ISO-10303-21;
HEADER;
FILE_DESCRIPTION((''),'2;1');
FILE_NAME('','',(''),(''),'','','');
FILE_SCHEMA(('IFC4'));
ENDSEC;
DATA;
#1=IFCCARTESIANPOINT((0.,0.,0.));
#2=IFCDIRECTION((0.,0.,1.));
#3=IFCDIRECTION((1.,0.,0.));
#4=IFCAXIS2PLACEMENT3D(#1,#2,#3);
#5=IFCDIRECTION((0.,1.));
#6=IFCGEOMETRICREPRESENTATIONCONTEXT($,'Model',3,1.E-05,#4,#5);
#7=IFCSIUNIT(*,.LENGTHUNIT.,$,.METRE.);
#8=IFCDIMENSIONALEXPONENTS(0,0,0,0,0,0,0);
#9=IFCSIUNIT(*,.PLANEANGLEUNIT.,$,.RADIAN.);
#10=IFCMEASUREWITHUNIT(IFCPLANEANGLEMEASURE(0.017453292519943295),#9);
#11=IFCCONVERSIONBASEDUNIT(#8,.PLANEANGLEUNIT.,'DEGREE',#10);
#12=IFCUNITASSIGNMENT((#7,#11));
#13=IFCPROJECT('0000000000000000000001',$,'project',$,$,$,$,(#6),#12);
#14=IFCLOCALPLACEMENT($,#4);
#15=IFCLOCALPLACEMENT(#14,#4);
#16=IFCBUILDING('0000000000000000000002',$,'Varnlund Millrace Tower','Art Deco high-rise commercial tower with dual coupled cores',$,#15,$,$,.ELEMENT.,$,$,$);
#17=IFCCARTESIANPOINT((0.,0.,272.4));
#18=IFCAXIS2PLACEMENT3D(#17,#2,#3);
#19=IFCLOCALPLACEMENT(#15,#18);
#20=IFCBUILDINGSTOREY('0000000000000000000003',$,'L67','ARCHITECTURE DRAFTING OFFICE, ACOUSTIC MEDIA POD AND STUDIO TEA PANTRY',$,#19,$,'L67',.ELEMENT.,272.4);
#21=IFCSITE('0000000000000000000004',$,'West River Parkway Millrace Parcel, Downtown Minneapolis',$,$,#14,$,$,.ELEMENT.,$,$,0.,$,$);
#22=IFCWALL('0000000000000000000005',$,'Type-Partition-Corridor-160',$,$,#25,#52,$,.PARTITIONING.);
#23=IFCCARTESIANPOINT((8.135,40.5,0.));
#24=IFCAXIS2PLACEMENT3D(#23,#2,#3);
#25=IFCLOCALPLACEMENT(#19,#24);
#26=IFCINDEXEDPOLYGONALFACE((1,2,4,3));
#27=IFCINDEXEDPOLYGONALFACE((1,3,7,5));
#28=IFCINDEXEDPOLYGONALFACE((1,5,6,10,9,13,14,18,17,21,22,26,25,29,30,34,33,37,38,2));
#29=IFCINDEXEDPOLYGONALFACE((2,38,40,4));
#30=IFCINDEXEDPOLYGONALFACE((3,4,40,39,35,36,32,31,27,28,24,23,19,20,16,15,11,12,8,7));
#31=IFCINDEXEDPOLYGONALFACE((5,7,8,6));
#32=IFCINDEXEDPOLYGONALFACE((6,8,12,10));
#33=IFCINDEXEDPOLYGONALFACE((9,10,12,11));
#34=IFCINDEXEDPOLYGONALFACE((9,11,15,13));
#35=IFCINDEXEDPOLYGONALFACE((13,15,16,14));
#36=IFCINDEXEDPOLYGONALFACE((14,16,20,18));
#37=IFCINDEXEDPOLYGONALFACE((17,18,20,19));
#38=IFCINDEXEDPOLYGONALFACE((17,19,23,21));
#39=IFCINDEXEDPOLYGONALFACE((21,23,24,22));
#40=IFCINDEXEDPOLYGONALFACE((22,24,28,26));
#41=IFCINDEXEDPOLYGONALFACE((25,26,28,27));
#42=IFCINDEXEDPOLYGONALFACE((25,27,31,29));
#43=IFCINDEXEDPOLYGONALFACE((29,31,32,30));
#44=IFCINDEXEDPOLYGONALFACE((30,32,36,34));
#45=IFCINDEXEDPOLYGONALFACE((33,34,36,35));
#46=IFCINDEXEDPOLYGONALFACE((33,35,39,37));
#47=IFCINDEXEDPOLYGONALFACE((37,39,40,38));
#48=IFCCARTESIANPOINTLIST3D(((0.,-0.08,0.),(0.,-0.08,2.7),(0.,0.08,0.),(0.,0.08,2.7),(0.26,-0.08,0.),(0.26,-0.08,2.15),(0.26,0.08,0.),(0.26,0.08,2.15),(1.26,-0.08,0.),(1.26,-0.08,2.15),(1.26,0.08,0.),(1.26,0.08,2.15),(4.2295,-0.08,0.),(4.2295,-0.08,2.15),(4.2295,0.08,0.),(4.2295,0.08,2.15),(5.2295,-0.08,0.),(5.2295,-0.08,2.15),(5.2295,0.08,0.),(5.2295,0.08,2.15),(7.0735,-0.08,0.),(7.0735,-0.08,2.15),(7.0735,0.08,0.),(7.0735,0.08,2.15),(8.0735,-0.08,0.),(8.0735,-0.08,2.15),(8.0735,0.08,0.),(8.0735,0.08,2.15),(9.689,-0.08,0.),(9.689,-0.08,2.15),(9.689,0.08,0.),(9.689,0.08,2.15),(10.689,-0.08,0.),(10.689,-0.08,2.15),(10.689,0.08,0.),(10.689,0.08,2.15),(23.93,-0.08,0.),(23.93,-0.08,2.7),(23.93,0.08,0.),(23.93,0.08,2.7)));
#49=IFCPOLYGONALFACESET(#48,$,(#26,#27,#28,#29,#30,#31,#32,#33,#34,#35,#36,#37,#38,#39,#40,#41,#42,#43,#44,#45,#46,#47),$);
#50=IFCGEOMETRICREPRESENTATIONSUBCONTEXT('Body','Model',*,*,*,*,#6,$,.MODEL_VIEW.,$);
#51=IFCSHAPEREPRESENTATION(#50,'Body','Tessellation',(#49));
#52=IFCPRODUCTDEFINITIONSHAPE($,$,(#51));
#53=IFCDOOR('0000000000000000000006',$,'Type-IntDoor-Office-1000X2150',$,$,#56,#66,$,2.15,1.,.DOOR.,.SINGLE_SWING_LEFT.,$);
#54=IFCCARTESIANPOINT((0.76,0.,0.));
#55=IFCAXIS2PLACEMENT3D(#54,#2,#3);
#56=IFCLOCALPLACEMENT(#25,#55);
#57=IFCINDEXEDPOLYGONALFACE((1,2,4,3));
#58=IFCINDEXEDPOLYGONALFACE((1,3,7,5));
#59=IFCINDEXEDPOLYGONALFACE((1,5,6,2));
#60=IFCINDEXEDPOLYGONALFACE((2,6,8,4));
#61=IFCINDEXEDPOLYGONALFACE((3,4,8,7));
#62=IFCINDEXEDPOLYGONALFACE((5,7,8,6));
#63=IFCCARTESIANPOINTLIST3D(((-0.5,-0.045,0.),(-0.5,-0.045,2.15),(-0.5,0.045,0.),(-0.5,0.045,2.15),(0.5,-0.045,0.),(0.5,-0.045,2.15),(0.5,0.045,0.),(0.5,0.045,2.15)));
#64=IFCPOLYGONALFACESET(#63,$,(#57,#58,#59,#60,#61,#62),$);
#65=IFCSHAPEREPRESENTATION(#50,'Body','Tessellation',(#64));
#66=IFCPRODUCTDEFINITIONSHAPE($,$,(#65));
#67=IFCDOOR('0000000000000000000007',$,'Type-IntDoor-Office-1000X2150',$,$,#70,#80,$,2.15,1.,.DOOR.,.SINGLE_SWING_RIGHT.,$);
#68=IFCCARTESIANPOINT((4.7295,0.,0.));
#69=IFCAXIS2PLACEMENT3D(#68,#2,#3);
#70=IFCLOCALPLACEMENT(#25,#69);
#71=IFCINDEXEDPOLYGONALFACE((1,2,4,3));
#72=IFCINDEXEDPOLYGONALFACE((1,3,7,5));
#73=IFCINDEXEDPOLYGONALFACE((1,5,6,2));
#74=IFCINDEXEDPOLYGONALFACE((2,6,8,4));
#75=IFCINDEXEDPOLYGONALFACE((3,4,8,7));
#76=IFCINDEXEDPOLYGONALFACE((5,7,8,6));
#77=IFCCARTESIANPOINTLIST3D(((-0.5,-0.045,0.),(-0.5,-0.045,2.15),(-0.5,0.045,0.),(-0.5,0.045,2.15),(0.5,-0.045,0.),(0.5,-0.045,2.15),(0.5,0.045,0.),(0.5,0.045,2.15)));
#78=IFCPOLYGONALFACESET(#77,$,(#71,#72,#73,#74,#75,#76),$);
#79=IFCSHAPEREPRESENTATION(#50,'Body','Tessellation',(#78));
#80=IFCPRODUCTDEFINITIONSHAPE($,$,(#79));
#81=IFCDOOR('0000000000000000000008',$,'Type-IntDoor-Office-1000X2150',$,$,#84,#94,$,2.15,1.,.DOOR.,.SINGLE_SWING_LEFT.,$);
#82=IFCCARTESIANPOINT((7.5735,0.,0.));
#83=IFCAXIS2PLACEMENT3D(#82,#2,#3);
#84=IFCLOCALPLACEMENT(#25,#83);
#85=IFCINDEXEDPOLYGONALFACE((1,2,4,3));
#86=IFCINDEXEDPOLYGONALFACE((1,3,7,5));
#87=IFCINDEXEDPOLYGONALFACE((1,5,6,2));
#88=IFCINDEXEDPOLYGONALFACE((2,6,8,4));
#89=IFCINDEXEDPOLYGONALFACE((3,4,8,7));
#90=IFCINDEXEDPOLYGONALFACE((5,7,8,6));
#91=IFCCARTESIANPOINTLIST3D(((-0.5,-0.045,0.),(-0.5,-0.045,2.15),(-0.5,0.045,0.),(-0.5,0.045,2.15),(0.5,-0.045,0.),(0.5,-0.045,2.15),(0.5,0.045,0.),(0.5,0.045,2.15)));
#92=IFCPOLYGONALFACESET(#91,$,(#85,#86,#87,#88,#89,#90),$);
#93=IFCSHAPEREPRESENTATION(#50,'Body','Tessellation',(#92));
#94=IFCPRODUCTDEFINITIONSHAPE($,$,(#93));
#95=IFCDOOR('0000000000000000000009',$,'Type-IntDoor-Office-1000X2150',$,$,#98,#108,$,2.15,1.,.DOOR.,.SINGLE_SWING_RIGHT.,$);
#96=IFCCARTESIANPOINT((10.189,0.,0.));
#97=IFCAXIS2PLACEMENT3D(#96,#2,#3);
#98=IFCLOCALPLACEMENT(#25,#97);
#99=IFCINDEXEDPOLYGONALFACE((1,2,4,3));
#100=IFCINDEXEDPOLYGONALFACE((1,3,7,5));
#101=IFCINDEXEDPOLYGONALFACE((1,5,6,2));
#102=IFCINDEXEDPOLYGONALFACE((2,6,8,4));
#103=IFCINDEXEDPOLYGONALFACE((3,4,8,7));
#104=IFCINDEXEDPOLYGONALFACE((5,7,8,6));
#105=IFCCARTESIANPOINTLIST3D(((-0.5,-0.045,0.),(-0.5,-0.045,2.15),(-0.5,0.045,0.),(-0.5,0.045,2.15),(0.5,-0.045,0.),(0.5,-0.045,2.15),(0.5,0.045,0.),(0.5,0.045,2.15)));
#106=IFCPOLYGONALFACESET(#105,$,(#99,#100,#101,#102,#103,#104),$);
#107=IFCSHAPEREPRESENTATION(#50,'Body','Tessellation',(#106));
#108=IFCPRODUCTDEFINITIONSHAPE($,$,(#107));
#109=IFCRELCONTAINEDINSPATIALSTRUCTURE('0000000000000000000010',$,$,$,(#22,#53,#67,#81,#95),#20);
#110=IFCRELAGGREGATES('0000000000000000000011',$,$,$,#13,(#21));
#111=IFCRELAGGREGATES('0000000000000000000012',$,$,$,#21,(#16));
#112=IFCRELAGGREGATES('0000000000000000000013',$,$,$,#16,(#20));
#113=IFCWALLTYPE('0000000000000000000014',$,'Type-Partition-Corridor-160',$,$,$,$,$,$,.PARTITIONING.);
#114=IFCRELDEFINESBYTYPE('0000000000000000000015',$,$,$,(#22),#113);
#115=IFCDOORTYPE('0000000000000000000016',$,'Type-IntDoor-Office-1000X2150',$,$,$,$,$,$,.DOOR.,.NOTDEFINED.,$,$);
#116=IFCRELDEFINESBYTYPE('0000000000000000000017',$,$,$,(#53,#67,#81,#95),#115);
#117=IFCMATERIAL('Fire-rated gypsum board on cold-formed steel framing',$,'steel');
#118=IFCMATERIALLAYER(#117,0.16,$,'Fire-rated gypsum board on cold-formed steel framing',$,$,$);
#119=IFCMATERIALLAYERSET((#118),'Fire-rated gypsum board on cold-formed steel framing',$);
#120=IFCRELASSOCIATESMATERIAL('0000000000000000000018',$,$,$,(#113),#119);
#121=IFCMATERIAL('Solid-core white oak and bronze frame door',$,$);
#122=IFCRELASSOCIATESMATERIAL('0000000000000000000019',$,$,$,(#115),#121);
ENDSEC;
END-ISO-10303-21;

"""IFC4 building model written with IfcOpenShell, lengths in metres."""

from ifc_helpers import new_model, entity, si_unit, converted_unit, direction, frame, origin_with_axes, origin_2d_with_axis, place, context, subcontext, project, spatial, polyline, rectangle, outline, extrude, material, layer, layer_set, type_object, element, fill, save


model = new_model("IFC4")

# Units and contexts
model_context = context("Model", 3, precision=1e-05, world=origin_with_axes(), true_north=direction((0.0, 1.0)))
body_context = subcontext(model_context, "Body", "Model", "MODEL_VIEW")
ifc_project = project(units=[si_unit("LENGTHUNIT", "METRE"), converted_unit("PLANEANGLEUNIT", "DEGREE", entity("IfcPlaneAngleMeasure", 0.017453292519943295), si_unit("PLANEANGLEUNIT", "RADIAN"), dimensions=[0, 0, 0, 0, 0, 0, 0])], contexts=[model_context])

# Site, building, storey
site_placement = place(None, origin_with_axes())
site = spatial("IfcSite", under=ifc_project, at=site_placement, Name="West River Parkway Millrace Parcel, Downtown Minneapolis", CompositionType="ELEMENT", RefElevation=0.0)
building_placement = place(site_placement, origin_with_axes())
building = spatial("IfcBuilding", under=site, at=building_placement, Name="Varnlund Millrace Tower", Description="Art Deco high-rise commercial tower with dual coupled cores", CompositionType="ELEMENT")
storey_placement = place(building_placement, frame((0.0, 0.0, 272.4), z_axis=(0.0, 0.0, 1.0), x_axis=(1.0, 0.0, 0.0)))
storey = spatial("IfcBuildingStorey", under=building, at=storey_placement, Name="L67", Description="ARCHITECTURE DRAFTING OFFICE, ACOUSTIC MEDIA POD AND STUDIO TEA PANTRY", LongName="L67", CompositionType="ELEMENT", Elevation=272.4)

# Shared definitions
ifc_material_1 = material(Name="Fire-rated gypsum board on cold-formed steel framing", Category="steel")
ifc_layer_1 = layer(ifc_material_1, 0.16, Name="Fire-rated gypsum board on cold-formed steel framing")
ifc_layer_set_1 = layer_set([ifc_layer_1], Name="Fire-rated gypsum board on cold-formed steel framing")
wall_type_1 = type_object("IfcWallType", Name="Type-Partition-Corridor-160", PredefinedType="PARTITIONING", material=ifc_layer_set_1)

# Wall, openings, doors
wall_1_placement = place(storey_placement, frame((8.135, 40.5, 0.0), z_axis=(0.0, 0.0, 1.0), x_axis=(1.0, 0.0, 0.0)))
wall_1 = element("IfcWall", 1, at=wall_1_placement, inside=storey, type_object=wall_type_1, Name="Type-Partition-Corridor-160", PredefinedType="PARTITIONING", context=body_context, shape_type="SweptSolid", body=[
    extrude(outline(polyline([(0.0, -0.08), (23.93, -0.08), (23.93, 0.08), (0.0, 0.08), (0.0, -0.08)])), origin_with_axes(), (0.0, 0.0, 1.0), 2.7),
])
opening_1_placement = place(wall_1_placement, frame((0.76, 0.0, 0.0), z_axis=(0.0, 0.0, 1.0), x_axis=(1.0, 0.0, 0.0)))
opening_1 = element("IfcOpeningElement", 2, at=opening_1_placement, cuts=wall_1, PredefinedType="OPENING", context=body_context, shape_type="SweptSolid", body=[
    extrude(rectangle(XDim=1.0, YDim=0.18, at=origin_2d_with_axis()), origin_with_axes(), (0.0, 0.0, 1.0), 2.15),
])
opening_2_placement = place(wall_1_placement, frame((4.7295, 0.0, 0.0), z_axis=(0.0, 0.0, 1.0), x_axis=(1.0, 0.0, 0.0)))
opening_2 = element("IfcOpeningElement", 3, at=opening_2_placement, cuts=wall_1, PredefinedType="OPENING", context=body_context, shape_type="SweptSolid", body=[
    extrude(rectangle(XDim=1.0, YDim=0.18, at=origin_2d_with_axis()), origin_with_axes(), (0.0, 0.0, 1.0), 2.15),
])
opening_3_placement = place(wall_1_placement, frame((7.5735, 0.0, 0.0), z_axis=(0.0, 0.0, 1.0), x_axis=(1.0, 0.0, 0.0)))
opening_3 = element("IfcOpeningElement", 4, at=opening_3_placement, cuts=wall_1, PredefinedType="OPENING", context=body_context, shape_type="SweptSolid", body=[
    extrude(rectangle(XDim=1.0, YDim=0.18, at=origin_2d_with_axis()), origin_with_axes(), (0.0, 0.0, 1.0), 2.15),
])
opening_4_placement = place(wall_1_placement, frame((10.189, 0.0, 0.0), z_axis=(0.0, 0.0, 1.0), x_axis=(1.0, 0.0, 0.0)))
opening_4 = element("IfcOpeningElement", 5, at=opening_4_placement, cuts=wall_1, PredefinedType="OPENING", context=body_context, shape_type="SweptSolid", body=[
    extrude(rectangle(XDim=1.0, YDim=0.18, at=origin_2d_with_axis()), origin_with_axes(), (0.0, 0.0, 1.0), 2.15),
])
ifc_material_2 = material(Name="Solid-core white oak and bronze frame door")
door_type_1 = type_object("IfcDoorType", Name="Type-IntDoor-Office-1000X2150", OperationType="NOTDEFINED", PredefinedType="DOOR", material=ifc_material_2)
door_1_placement = place(wall_1_placement, frame((0.76, 0.0, 0.0), z_axis=(0.0, 0.0, 1.0), x_axis=(1.0, 0.0, 0.0)))
door_1 = element("IfcDoor", 6, at=door_1_placement, inside=storey, type_object=door_type_1, Name="Type-IntDoor-Office-1000X2150", OperationType="SINGLE_SWING_LEFT", OverallHeight=2.15, OverallWidth=1.0, PredefinedType="DOOR", context=body_context, shape_type="SweptSolid", body=[
    extrude(rectangle(XDim=1.0, YDim=0.09, at=origin_2d_with_axis()), origin_with_axes(), (0.0, 0.0, 1.0), 2.15),
])
fill(opening_1, door_1)
door_2_placement = place(wall_1_placement, frame((4.7295, 0.0, 0.0), z_axis=(0.0, 0.0, 1.0), x_axis=(1.0, 0.0, 0.0)))
door_2 = element("IfcDoor", 7, at=door_2_placement, inside=storey, type_object=door_type_1, Name="Type-IntDoor-Office-1000X2150", OperationType="SINGLE_SWING_RIGHT", OverallHeight=2.15, OverallWidth=1.0, PredefinedType="DOOR", context=body_context, shape_type="SweptSolid", body=[
    extrude(rectangle(XDim=1.0, YDim=0.09, at=origin_2d_with_axis()), origin_with_axes(), (0.0, 0.0, 1.0), 2.15),
])
fill(opening_2, door_2)
door_3_placement = place(wall_1_placement, frame((7.5735, 0.0, 0.0), z_axis=(0.0, 0.0, 1.0), x_axis=(1.0, 0.0, 0.0)))
door_3 = element("IfcDoor", 8, at=door_3_placement, inside=storey, type_object=door_type_1, Name="Type-IntDoor-Office-1000X2150", OperationType="SINGLE_SWING_LEFT", OverallHeight=2.15, OverallWidth=1.0, PredefinedType="DOOR", context=body_context, shape_type="SweptSolid", body=[
    extrude(rectangle(XDim=1.0, YDim=0.09, at=origin_2d_with_axis()), origin_with_axes(), (0.0, 0.0, 1.0), 2.15),
])
fill(opening_3, door_3)
door_4_placement = place(wall_1_placement, frame((10.189, 0.0, 0.0), z_axis=(0.0, 0.0, 1.0), x_axis=(1.0, 0.0, 0.0)))
door_4 = element("IfcDoor", 9, at=door_4_placement, inside=storey, type_object=door_type_1, Name="Type-IntDoor-Office-1000X2150", OperationType="SINGLE_SWING_RIGHT", OverallHeight=2.15, OverallWidth=1.0, PredefinedType="DOOR", context=body_context, shape_type="SweptSolid", body=[
    extrude(rectangle(XDim=1.0, YDim=0.09, at=origin_2d_with_axis()), origin_with_axes(), (0.0, 0.0, 1.0), 2.15),
])
fill(opening_4, door_4)

save(model, "model.ifc")
